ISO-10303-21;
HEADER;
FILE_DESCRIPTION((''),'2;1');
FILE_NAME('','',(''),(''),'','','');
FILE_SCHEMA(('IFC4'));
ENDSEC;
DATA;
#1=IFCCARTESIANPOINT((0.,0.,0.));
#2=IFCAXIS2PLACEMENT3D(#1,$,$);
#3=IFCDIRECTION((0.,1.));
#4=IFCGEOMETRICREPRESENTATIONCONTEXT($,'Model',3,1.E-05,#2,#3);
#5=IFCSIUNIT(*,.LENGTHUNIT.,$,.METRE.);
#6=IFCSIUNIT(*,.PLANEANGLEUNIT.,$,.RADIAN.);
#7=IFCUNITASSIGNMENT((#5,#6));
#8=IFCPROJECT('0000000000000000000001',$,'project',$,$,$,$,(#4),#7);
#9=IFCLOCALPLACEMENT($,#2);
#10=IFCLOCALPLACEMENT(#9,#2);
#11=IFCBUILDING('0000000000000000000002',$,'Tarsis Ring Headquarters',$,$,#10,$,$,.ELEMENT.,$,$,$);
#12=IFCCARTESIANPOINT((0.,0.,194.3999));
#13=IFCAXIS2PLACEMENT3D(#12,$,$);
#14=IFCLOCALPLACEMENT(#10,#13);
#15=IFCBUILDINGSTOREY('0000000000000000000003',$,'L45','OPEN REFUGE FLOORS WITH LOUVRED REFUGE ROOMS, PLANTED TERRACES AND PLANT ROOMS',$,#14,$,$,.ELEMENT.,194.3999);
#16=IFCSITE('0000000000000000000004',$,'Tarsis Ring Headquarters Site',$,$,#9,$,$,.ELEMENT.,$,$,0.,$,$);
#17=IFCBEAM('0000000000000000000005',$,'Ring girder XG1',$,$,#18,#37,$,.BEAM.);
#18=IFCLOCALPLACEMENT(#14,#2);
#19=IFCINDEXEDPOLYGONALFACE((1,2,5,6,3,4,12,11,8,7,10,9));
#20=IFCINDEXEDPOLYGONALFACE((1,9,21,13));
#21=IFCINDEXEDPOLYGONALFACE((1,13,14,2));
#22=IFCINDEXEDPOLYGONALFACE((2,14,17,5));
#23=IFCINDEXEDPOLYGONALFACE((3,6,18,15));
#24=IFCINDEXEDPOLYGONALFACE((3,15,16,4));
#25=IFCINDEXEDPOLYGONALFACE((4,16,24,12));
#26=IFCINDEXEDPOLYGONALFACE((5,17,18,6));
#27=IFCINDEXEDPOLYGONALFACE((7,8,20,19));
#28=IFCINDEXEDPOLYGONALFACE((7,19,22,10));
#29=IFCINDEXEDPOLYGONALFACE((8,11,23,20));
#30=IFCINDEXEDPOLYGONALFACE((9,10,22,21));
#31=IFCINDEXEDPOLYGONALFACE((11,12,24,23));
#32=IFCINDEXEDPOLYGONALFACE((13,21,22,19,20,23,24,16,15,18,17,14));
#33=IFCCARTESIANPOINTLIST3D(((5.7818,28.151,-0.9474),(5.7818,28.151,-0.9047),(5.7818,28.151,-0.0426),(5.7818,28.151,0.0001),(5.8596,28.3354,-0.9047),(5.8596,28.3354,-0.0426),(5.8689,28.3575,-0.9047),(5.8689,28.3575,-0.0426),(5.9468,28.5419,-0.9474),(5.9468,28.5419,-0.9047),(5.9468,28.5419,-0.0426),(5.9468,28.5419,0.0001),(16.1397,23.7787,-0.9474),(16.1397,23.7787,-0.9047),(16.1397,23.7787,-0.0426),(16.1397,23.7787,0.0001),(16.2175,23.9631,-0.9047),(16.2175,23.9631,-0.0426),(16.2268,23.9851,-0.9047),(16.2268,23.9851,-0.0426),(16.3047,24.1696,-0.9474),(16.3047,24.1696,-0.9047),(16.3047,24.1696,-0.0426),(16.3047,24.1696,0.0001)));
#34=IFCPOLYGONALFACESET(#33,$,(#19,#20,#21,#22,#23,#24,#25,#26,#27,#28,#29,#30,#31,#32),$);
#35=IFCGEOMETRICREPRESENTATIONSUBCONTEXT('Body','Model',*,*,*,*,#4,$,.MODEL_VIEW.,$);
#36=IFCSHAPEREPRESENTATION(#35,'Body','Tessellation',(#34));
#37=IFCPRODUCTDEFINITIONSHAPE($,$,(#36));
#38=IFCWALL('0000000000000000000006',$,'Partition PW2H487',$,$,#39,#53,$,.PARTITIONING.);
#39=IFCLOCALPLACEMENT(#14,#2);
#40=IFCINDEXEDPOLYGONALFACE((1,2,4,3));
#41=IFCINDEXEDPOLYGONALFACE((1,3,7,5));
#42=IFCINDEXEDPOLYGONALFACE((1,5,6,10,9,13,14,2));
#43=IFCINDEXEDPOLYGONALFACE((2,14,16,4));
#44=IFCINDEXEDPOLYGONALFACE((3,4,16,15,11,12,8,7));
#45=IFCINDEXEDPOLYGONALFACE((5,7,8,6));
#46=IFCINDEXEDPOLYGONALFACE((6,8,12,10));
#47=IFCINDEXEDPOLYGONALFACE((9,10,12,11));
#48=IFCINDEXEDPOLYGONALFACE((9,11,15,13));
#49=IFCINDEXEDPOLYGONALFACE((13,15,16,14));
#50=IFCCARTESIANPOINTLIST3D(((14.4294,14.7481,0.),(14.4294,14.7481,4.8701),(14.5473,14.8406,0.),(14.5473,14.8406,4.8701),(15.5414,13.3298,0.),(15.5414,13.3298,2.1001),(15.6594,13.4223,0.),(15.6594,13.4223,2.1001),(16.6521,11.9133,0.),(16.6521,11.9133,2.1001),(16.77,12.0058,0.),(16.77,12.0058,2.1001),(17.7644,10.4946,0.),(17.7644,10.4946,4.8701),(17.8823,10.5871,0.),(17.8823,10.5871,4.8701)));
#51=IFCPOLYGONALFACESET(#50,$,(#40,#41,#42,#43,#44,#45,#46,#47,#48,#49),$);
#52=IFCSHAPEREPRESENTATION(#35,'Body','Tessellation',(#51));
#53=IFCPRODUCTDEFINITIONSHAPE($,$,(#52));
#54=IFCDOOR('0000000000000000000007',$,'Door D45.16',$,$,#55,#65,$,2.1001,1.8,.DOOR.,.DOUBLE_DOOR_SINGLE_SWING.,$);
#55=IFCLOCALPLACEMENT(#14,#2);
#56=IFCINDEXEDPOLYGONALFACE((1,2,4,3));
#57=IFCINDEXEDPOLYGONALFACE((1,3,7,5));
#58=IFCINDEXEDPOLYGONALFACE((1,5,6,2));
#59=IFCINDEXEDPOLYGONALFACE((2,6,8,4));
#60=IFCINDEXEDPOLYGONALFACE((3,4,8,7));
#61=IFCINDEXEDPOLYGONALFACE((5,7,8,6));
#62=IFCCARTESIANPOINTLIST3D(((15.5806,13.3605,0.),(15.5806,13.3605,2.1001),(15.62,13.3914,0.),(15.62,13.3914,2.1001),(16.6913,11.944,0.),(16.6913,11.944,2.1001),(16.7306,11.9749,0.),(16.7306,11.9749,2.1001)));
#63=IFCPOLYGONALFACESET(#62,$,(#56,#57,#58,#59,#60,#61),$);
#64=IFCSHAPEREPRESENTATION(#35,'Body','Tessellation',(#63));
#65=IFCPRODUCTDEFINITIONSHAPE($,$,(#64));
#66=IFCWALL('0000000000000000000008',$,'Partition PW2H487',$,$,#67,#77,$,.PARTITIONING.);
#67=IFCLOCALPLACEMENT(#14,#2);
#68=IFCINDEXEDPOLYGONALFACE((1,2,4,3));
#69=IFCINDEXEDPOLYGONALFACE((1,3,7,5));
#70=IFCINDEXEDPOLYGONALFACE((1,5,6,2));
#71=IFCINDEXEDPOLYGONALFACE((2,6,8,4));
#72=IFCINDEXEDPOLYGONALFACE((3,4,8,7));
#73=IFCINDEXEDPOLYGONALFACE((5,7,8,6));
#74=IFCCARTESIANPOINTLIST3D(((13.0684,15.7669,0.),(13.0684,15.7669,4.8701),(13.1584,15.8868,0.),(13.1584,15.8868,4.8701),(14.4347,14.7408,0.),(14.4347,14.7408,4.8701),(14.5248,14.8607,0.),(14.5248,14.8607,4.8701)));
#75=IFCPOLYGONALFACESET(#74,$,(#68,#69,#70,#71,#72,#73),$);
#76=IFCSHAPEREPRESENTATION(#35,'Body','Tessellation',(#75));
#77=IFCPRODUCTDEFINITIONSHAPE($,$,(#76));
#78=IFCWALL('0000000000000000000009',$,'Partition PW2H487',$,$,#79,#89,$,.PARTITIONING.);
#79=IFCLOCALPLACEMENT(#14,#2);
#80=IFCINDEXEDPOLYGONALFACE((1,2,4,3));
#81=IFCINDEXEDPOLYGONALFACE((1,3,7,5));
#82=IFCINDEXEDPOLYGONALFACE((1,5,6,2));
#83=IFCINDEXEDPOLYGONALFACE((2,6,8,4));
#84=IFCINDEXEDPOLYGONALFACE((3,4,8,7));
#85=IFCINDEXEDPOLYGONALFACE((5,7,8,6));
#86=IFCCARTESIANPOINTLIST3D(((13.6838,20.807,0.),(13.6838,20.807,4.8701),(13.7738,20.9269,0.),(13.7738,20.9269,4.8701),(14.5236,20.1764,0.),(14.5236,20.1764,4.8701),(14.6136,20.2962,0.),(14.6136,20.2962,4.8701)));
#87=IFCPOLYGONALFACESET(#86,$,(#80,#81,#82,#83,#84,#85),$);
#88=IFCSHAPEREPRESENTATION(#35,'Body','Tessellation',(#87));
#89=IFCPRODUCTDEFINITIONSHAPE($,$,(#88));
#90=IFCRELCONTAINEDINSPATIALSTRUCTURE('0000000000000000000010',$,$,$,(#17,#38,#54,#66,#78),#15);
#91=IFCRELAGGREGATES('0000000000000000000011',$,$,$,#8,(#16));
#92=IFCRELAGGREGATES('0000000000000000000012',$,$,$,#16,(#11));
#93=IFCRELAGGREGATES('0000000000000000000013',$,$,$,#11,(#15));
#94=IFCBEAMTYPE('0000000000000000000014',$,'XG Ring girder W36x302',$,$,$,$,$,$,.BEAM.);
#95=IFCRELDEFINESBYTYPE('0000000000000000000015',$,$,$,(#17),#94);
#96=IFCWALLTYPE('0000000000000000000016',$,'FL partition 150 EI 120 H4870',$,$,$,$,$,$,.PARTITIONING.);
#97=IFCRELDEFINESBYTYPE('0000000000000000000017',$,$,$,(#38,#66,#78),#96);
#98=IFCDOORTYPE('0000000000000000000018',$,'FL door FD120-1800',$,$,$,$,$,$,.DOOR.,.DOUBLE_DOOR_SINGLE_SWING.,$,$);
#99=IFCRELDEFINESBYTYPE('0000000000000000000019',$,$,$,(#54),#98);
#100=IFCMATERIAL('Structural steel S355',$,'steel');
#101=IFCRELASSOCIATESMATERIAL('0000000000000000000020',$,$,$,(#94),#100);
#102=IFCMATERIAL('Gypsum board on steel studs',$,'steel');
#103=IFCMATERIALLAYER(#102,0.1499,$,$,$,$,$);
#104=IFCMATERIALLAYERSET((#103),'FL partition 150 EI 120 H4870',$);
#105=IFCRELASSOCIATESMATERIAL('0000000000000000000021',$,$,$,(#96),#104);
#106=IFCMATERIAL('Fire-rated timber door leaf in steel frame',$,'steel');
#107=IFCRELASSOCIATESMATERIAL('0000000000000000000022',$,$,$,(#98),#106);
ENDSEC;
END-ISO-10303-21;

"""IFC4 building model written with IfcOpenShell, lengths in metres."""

from ifc_helpers import new_model, si_unit, direction, frame, frame_2d, origin, origin_2d, place, context, subcontext, project, spatial, rectangle, i_section, extrude, material, layer, layer_set, material_profile, profile_set, type_object, element, fill, save


model = new_model("IFC4")

# Units and contexts
model_context = context("Model", 3, precision=1e-05, world=origin(), true_north=direction((0.0, 1.0)))
body_context = subcontext(model_context, "Body", "Model", "MODEL_VIEW")
ifc_project = project(units=[si_unit("LENGTHUNIT", "METRE"), si_unit("PLANEANGLEUNIT", "RADIAN")], contexts=[model_context])

# Site, building, storey
site_placement = place(None, origin())
site = spatial("IfcSite", under=ifc_project, at=site_placement, Name="Tarsis Ring Headquarters Site", CompositionType="ELEMENT", RefElevation=0.0)
building_placement = place(site_placement, origin())
building = spatial("IfcBuilding", under=site, at=building_placement, Name="Tarsis Ring Headquarters", CompositionType="ELEMENT")
storey_placement = place(building_placement, frame((0.0, 0.0, 194.3999)))
storey = spatial("IfcBuildingStorey", under=building, at=storey_placement, Name="L45", Description="OPEN REFUGE FLOORS WITH LOUVRED REFUGE ROOMS, PLANTED TERRACES AND PLANT ROOMS", CompositionType="ELEMENT", Elevation=194.3999)

# Shared definitions
ifc_material_1 = material(Name="Structural steel S355", Category="steel")

# Beam
ifc_material_profile_1 = material_profile(ifc_material_1, i_section(OverallWidth=0.4243, OverallDepth=0.9475, WebThickness=0.0239, FlangeThickness=0.0427, at=origin_2d()), Name="W36x302")
ifc_profile_set_1 = profile_set([ifc_material_profile_1], Name="Structural steel S355")
beam_type_1 = type_object("IfcBeamType", Name="XG Ring girder W36x302", PredefinedType="BEAM", material=ifc_profile_set_1)
beam_1_placement = place(storey_placement, frame((16.2222, 23.9741, -0.4736), z_axis=(-0.921282, 0.388895, 0.0), x_axis=(-0.388895, -0.921282, 0.0)))
element("IfcBeam", 1, at=beam_1_placement, inside=storey, type_object=beam_type_1, Name="Ring girder XG1", PredefinedType="BEAM", context=body_context, shape_type="SweptSolid", body=[
    extrude(i_section(OverallWidth=0.4243, OverallDepth=0.9475, WebThickness=0.0239, FlangeThickness=0.0427, at=origin_2d()), origin(), (0.0, 0.0, 1.0), 11.2429),
])

# Wall, opening, door
ifc_material_2 = material(Name="Gypsum board on steel studs", Category="steel")
ifc_layer = layer(ifc_material_2, 0.1499)
ifc_layer_set = layer_set([ifc_layer], Name="FL partition 150 EI 120 H4870")
wall_type = type_object("IfcWallType", Name="FL partition 150 EI 120 H4870", PredefinedType="PARTITIONING", material=ifc_layer_set)
wall_1_placement = place(storey_placement, frame((14.4883, 14.7944, 0.0), z_axis=(0.0, 0.0, 1.0), x_axis=(0.617019, -0.786948, 0.0)))
wall_1 = element("IfcWall", 2, at=wall_1_placement, inside=storey, type_object=wall_type, Name="Partition PW2H487", PredefinedType="PARTITIONING", context=body_context, shape_type="SweptSolid", body=[
    extrude(rectangle(XDim=5.405, YDim=0.1499, at=frame_2d((2.7026, 0.0))), origin(), (0.0, 0.0, 1.0), 4.8701),
])
opening_placement = place(wall_1_placement, frame((1.8025, 0.0, 0.0)))
opening = element("IfcOpeningElement", 3, at=opening_placement, cuts=wall_1, PredefinedType="OPENING", context=body_context, shape_type="SweptSolid", body=[
    extrude(rectangle(XDim=1.8, YDim=2.1001, at=frame_2d((0.8999, 1.05))), frame((0.0, 0.085, 0.0), z_axis=(0.0, -1.0, 0.0), x_axis=(1.0, 0.0, 0.0)), (0.0, 0.0, 1.0), 0.1699),
])
ifc_material_3 = material(Name="Fire-rated timber door leaf in steel frame", Category="steel")
door_type = type_object("IfcDoorType", Name="FL door FD120-1800", OperationType="DOUBLE_DOOR_SINGLE_SWING", PredefinedType="DOOR", material=ifc_material_3)
door_placement = place(opening_placement, origin())
door = element("IfcDoor", 4, at=door_placement, inside=storey, type_object=door_type, Name="Door D45.16", OperationType="DOUBLE_DOOR_SINGLE_SWING", OverallHeight=2.1001, OverallWidth=1.8, PredefinedType="DOOR", context=body_context, shape_type="SweptSolid", body=[
    extrude(rectangle(XDim=1.8, YDim=2.1001, at=frame_2d((0.8999, 1.05))), frame((0.0, 0.0249, 0.0), z_axis=(0.0, -1.0, 0.0), x_axis=(1.0, 0.0, 0.0)), (0.0, 0.0, 1.0), 0.05),
])
fill(opening, door)

# Walls
wall_2_placement = place(storey_placement, frame((13.1133, 15.8269, 0.0), z_axis=(0.0, 0.0, 1.0), x_axis=(0.79964, -0.60048, 0.0)))
element("IfcWall", 5, at=wall_2_placement, inside=storey, type_object=wall_type, Name="Partition PW2H487", PredefinedType="PARTITIONING", context=body_context, shape_type="SweptSolid", body=[
    extrude(rectangle(XDim=1.7087, YDim=0.1499, at=frame_2d((0.8545, 0.0))), origin(), (0.0, 0.0, 1.0), 4.8701),
])
wall_3_placement = place(storey_placement, frame((13.7288, 20.8669, 0.0), z_axis=(0.0, 0.0, 1.0), x_axis=(0.799665, -0.600446, 0.0)))
element("IfcWall", 6, at=wall_3_placement, inside=storey, type_object=wall_type, Name="Partition PW2H487", PredefinedType="PARTITIONING", context=body_context, shape_type="SweptSolid", body=[
    extrude(rectangle(XDim=1.0503, YDim=0.1499, at=frame_2d((0.5251, 0.0))), origin(), (0.0, 0.0, 1.0), 4.8701),
])

save(model, "model.ifc")
